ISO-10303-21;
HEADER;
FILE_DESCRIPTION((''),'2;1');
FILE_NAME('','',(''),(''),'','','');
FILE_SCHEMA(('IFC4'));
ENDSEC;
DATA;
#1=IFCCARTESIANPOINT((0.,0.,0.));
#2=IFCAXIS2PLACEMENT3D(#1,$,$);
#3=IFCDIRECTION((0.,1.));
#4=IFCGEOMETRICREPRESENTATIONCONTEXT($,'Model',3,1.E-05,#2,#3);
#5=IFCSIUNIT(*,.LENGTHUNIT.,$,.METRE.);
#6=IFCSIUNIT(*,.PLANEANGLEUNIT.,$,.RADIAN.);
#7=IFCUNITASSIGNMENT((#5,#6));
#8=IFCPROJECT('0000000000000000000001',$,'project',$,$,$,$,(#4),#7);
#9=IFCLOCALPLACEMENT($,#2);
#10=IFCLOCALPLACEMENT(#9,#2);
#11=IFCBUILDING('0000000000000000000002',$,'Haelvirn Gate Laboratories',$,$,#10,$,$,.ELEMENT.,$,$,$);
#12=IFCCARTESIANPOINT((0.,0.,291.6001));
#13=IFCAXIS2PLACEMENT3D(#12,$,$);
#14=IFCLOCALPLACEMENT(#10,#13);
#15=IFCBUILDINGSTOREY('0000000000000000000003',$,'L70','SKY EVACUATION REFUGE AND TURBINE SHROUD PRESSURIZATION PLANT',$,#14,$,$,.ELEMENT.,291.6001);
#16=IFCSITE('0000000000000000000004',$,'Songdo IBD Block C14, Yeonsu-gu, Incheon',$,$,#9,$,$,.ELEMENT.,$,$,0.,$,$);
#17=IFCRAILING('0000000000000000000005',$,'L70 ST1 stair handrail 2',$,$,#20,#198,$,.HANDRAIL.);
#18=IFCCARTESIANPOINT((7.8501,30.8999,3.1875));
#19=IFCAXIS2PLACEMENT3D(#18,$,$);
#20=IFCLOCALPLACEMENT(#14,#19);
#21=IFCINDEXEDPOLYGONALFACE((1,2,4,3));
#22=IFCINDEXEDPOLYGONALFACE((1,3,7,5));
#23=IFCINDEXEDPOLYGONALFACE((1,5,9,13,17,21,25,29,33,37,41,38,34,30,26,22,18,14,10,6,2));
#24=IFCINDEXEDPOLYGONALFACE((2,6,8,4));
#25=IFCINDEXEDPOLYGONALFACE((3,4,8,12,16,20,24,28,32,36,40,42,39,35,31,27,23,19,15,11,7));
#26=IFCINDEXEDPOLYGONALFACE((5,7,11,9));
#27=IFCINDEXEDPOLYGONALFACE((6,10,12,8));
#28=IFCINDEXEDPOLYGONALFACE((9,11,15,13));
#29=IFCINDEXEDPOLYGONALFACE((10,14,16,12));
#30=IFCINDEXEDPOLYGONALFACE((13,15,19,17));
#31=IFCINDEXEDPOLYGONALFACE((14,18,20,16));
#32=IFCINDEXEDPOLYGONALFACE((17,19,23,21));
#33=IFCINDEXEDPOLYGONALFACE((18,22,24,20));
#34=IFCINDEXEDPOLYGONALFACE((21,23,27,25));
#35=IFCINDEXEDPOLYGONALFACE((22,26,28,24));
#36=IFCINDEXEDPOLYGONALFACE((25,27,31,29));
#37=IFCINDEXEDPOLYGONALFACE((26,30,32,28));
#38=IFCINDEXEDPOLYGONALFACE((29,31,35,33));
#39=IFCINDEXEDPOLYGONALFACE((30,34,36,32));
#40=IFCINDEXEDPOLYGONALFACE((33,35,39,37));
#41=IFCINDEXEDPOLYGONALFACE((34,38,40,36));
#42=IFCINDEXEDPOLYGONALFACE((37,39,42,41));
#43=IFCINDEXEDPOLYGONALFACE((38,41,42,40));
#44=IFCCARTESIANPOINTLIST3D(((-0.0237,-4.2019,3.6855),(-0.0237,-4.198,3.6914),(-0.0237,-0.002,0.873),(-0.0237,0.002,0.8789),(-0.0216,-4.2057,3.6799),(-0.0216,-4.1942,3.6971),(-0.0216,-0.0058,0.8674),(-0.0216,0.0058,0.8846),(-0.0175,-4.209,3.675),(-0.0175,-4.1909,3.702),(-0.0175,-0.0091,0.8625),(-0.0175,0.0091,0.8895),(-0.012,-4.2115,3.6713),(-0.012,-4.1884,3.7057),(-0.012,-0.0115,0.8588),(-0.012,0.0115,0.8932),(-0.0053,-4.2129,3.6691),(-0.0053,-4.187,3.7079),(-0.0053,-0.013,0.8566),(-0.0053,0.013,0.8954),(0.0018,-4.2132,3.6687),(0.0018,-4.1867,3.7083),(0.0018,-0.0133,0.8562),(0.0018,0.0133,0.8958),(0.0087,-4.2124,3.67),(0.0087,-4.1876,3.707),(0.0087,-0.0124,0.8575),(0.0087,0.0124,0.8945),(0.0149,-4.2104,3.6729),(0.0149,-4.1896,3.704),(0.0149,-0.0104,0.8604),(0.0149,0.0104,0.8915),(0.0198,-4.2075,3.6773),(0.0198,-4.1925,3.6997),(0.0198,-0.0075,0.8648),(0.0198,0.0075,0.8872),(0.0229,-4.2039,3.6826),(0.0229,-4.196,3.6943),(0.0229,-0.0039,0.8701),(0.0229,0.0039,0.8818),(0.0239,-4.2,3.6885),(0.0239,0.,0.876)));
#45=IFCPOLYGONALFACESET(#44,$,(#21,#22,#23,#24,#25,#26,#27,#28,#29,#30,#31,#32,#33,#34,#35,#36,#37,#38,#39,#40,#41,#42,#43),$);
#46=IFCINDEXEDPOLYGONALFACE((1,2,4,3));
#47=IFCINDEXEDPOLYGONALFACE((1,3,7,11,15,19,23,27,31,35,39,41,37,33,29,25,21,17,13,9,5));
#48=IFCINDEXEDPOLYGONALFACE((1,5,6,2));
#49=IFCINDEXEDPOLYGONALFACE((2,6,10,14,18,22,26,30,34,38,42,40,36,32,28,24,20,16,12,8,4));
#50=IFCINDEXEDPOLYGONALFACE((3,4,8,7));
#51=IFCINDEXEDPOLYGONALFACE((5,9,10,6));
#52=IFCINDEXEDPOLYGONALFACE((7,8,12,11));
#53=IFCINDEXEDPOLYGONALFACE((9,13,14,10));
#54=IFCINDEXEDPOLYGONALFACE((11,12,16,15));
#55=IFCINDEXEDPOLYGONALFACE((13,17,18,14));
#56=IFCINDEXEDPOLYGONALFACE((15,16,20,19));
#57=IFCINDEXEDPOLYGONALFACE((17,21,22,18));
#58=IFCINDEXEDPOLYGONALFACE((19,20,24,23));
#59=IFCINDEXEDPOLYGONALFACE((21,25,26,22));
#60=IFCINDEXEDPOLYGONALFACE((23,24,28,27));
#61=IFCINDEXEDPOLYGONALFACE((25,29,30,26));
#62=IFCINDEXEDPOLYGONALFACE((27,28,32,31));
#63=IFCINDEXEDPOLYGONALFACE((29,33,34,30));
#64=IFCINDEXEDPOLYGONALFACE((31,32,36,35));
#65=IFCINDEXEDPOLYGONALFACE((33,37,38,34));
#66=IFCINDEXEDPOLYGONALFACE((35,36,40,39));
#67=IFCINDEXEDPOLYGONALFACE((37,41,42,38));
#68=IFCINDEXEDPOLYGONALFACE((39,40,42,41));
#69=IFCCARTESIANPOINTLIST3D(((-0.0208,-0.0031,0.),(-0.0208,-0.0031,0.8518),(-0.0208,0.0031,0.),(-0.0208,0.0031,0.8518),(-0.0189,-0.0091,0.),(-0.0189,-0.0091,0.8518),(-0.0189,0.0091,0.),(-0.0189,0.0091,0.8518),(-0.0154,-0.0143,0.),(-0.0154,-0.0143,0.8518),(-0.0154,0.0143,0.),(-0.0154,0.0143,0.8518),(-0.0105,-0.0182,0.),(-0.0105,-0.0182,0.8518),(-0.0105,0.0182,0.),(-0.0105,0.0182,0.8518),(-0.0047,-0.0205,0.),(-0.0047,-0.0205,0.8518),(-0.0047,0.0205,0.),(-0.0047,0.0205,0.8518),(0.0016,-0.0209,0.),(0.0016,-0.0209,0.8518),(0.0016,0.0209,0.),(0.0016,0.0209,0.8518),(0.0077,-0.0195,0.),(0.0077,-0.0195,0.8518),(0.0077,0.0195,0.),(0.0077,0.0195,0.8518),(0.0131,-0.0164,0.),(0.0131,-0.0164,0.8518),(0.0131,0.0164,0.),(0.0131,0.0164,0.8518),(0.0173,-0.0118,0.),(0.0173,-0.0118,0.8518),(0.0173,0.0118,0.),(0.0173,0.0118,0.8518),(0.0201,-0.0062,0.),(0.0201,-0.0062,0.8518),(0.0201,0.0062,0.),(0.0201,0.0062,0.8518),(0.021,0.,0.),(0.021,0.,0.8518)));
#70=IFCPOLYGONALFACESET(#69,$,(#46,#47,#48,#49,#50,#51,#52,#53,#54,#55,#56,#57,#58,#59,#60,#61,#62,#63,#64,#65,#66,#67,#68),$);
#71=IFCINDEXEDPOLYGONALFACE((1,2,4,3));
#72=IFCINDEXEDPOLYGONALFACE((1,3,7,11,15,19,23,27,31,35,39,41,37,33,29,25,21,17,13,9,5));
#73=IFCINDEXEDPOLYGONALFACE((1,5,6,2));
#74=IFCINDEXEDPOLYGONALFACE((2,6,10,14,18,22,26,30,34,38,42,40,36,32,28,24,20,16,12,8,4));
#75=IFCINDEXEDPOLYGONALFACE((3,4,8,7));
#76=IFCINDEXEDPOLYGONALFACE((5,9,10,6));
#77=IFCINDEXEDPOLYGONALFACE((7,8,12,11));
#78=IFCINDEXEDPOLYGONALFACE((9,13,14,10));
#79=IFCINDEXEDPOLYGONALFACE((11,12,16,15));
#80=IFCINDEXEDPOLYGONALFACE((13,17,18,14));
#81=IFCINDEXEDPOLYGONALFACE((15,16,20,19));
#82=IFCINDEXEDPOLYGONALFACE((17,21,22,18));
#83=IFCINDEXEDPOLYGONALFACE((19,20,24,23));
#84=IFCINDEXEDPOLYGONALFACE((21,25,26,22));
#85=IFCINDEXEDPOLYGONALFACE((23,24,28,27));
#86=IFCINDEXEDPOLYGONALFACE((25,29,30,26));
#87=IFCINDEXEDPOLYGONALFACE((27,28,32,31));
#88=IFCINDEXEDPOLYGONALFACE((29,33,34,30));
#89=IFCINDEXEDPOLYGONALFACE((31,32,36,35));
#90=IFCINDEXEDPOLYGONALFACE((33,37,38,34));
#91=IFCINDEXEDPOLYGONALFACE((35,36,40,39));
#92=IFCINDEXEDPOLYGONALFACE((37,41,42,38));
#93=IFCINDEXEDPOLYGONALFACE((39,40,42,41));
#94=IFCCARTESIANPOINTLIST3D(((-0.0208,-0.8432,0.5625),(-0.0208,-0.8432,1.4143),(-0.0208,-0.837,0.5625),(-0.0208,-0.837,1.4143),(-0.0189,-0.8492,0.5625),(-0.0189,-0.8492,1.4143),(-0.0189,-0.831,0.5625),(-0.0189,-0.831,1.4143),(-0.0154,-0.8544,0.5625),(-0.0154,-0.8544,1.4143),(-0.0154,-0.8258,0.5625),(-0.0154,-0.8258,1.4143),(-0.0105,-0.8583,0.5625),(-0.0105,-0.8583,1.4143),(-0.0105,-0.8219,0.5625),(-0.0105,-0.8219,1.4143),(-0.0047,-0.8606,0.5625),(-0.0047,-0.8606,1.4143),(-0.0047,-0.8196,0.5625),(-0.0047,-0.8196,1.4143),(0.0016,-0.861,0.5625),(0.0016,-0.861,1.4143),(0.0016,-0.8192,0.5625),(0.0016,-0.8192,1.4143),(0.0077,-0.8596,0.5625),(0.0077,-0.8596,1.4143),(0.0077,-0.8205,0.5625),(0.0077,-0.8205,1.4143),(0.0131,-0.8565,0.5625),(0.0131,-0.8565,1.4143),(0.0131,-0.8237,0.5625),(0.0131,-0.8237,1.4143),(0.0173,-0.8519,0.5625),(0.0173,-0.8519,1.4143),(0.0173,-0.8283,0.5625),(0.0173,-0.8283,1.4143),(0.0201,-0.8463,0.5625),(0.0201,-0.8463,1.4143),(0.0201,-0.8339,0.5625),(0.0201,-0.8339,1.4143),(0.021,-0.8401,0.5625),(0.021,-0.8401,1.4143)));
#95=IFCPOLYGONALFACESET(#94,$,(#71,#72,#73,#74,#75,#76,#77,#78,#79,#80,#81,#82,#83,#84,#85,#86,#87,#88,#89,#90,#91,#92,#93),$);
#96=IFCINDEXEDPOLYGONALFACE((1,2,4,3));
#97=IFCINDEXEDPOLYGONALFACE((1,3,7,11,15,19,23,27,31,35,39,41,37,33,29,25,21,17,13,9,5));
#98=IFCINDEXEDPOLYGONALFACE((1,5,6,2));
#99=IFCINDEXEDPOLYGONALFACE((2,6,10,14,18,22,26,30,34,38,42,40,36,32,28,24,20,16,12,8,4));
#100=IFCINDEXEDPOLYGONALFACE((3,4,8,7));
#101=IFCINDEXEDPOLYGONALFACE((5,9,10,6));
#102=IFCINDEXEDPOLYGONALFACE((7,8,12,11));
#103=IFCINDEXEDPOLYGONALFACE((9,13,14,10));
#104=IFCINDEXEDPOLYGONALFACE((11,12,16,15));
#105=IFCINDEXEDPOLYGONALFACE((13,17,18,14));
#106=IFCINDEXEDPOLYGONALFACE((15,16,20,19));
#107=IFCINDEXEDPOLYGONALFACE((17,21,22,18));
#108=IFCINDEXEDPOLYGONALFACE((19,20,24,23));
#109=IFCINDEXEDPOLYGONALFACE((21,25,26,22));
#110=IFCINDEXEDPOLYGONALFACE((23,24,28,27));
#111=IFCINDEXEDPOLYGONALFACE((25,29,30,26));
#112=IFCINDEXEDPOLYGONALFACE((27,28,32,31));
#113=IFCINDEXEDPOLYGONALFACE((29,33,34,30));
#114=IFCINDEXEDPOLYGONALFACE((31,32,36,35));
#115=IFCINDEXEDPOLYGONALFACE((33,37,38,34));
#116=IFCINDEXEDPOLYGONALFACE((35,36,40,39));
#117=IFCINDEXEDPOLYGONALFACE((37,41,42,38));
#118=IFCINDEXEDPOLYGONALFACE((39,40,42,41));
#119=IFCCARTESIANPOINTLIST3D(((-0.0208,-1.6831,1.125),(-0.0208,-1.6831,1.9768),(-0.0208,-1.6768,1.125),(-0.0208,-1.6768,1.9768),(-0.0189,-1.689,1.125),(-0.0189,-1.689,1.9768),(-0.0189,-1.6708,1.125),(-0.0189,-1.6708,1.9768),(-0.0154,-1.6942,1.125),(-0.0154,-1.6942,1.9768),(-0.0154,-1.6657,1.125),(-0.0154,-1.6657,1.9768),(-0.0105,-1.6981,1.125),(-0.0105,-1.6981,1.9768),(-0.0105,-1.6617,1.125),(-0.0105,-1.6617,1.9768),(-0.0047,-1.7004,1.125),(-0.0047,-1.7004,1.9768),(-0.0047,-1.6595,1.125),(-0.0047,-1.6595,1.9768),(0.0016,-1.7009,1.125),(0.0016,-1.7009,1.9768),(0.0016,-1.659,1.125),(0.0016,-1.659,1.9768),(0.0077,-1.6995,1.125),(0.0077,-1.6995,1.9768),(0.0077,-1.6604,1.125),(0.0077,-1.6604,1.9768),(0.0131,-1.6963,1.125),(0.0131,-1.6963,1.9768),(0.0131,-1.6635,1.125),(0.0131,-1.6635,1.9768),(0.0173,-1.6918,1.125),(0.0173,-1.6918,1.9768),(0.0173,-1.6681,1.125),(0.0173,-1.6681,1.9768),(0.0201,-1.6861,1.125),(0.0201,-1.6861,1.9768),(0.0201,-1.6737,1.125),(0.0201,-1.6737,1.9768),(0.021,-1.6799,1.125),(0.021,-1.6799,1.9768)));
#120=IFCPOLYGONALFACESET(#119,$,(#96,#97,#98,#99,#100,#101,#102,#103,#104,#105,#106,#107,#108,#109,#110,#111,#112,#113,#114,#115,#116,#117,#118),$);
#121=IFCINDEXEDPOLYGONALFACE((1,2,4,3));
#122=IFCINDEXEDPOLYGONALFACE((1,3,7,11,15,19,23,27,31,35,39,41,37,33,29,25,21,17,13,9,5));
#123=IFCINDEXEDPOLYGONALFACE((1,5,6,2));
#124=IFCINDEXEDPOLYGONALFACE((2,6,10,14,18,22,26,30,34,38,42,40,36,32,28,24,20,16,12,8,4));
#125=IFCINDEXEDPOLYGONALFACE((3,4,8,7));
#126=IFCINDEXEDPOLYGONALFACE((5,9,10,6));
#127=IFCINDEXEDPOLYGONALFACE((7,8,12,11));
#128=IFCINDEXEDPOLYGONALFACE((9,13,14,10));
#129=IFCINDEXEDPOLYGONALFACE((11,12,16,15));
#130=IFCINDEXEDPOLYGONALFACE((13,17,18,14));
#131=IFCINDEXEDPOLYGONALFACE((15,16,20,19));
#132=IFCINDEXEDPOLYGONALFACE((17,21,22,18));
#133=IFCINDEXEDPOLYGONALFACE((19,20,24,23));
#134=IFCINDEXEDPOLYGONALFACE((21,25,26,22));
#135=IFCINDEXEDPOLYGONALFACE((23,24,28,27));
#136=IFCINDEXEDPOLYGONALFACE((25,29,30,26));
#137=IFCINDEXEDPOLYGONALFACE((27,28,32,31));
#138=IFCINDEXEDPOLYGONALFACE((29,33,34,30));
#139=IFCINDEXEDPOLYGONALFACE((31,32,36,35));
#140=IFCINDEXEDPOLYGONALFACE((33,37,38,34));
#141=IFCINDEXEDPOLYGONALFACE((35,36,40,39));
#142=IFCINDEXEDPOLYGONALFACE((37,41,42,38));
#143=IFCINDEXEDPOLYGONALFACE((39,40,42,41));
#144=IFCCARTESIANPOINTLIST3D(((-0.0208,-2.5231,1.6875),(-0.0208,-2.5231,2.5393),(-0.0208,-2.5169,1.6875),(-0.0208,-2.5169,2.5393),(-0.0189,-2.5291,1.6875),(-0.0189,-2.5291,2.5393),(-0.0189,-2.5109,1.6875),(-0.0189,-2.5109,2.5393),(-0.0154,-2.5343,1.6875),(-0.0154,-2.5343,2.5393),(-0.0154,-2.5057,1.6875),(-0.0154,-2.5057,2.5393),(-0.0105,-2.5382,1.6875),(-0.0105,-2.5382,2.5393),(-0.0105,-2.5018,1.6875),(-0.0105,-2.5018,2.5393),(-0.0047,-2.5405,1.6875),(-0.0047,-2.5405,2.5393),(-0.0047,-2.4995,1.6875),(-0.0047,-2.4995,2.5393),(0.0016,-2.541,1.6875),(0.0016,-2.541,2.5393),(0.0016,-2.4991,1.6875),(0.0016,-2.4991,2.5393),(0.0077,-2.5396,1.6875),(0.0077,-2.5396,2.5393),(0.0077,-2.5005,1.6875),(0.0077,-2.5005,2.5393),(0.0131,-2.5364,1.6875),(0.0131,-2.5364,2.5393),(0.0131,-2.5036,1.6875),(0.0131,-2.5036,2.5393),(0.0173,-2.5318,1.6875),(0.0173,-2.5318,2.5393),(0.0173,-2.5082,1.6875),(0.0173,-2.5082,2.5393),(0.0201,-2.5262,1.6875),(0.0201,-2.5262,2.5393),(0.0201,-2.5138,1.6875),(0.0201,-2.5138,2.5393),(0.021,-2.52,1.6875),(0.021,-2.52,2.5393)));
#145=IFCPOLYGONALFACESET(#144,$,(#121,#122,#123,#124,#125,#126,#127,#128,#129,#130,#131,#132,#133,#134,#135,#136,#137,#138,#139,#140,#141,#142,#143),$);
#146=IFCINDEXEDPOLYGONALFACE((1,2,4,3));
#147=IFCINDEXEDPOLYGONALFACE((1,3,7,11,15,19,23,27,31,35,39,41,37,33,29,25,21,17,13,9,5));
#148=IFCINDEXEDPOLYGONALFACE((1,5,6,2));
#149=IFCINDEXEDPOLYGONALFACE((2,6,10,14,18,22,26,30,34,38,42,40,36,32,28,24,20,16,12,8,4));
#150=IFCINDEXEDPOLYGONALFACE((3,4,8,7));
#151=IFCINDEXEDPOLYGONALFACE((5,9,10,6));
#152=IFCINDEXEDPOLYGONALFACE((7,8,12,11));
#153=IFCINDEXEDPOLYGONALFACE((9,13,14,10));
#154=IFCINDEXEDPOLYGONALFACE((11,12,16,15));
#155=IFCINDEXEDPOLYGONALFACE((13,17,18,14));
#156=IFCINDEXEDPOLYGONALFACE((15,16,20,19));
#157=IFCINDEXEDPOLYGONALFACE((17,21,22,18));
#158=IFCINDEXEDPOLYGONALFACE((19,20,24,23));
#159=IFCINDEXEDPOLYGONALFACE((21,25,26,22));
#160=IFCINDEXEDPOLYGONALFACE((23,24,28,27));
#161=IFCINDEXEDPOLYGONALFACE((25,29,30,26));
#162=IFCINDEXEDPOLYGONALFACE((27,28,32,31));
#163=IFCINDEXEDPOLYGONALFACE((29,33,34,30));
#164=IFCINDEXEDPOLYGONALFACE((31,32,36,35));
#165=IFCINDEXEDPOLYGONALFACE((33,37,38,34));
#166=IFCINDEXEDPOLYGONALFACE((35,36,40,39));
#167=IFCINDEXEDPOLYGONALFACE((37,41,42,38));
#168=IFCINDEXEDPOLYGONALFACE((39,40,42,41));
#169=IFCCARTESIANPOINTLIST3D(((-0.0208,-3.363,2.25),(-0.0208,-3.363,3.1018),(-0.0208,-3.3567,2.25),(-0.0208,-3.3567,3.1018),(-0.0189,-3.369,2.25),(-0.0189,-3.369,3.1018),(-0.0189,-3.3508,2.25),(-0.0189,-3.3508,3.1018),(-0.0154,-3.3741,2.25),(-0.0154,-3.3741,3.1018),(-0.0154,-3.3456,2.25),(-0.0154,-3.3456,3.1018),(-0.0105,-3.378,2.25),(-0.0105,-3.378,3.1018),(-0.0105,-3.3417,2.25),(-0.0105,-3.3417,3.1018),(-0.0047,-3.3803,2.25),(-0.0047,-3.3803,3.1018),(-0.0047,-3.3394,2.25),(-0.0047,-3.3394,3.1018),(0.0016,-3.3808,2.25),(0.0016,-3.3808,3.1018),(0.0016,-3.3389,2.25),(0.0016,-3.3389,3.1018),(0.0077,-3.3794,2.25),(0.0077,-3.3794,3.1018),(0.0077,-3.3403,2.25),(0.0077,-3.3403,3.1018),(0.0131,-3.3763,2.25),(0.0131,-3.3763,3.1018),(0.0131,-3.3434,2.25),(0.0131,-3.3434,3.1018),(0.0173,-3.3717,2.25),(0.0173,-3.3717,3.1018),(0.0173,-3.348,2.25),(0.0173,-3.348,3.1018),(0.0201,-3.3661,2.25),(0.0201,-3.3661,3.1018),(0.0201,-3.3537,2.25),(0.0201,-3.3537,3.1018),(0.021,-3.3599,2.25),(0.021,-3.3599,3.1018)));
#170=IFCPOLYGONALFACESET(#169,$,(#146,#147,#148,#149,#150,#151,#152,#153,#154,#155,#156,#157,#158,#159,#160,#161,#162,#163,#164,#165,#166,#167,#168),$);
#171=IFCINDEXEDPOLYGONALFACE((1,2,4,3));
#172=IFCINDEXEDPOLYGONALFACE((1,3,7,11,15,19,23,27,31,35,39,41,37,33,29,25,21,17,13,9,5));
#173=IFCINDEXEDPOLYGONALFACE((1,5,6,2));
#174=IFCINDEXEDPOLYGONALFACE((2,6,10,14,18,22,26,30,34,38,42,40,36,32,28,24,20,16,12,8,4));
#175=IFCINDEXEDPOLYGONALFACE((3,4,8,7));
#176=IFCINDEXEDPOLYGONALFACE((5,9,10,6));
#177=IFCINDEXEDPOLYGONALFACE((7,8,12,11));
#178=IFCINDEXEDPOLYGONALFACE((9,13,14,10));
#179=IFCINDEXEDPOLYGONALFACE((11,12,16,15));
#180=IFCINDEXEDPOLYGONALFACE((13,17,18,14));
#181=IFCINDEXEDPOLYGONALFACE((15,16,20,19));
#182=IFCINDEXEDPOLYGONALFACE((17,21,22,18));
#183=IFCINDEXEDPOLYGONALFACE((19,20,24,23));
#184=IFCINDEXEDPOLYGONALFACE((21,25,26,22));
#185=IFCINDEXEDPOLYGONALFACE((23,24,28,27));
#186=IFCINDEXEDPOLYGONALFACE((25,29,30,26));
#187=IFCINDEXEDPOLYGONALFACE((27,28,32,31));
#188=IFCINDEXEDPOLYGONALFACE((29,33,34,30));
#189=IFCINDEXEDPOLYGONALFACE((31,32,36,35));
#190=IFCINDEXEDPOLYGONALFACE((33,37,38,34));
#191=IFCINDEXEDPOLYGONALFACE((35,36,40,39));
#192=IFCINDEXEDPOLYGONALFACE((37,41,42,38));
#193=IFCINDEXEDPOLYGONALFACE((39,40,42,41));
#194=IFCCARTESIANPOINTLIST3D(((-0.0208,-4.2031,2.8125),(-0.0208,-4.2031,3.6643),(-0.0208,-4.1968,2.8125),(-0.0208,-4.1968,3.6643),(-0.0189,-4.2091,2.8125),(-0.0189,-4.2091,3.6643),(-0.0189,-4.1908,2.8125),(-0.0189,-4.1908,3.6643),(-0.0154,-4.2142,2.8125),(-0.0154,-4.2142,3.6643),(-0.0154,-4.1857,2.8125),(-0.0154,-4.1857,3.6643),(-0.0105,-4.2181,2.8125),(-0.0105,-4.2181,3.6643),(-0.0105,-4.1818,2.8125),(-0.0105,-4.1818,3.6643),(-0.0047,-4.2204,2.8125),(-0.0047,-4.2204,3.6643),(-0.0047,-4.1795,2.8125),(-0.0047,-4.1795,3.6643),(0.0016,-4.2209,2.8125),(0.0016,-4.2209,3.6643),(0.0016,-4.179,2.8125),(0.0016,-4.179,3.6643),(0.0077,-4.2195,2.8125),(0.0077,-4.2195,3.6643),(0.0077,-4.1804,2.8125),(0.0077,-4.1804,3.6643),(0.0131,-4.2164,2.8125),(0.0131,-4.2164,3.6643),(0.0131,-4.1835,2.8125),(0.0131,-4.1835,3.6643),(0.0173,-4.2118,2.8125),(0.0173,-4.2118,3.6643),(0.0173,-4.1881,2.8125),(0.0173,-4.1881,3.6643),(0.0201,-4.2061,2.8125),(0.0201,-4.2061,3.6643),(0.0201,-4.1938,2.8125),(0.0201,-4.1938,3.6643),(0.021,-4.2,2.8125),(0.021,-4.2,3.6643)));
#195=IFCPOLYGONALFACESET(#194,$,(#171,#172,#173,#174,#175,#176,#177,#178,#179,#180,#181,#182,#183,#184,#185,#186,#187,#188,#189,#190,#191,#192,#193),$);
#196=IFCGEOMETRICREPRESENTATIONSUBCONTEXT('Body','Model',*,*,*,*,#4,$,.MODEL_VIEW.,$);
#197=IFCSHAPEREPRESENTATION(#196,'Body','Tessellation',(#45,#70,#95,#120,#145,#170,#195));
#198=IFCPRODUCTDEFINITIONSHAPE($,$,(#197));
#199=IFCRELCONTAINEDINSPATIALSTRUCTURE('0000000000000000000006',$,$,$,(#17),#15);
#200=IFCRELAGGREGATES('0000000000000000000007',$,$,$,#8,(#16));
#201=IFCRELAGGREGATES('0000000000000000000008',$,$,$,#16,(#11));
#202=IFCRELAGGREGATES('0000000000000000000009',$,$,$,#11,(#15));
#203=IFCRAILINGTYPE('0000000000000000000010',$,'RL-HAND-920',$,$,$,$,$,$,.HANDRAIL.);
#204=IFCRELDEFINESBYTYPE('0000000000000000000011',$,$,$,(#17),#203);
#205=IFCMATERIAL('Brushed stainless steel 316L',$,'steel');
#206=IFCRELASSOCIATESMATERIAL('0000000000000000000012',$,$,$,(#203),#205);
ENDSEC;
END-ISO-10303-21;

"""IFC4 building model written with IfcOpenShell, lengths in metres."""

from ifc_helpers import new_model, si_unit, direction, frame, origin, origin_2d, place, context, subcontext, project, spatial, circle, extrude, source, transform, mapped, material, type_object, type_shapes, element, save


model = new_model("IFC4")

# Units and contexts
model_context = context("Model", 3, precision=1e-05, world=origin(), true_north=direction((0.0, 1.0)))
body_context = subcontext(model_context, "Body", "Model", "MODEL_VIEW")
ifc_project = project(units=[si_unit("LENGTHUNIT", "METRE"), si_unit("PLANEANGLEUNIT", "RADIAN")], contexts=[model_context])

# Site, building, storey
site_placement = place(None, origin())
site = spatial("IfcSite", under=ifc_project, at=site_placement, Name="Songdo IBD Block C14, Yeonsu-gu, Incheon", CompositionType="ELEMENT", RefElevation=0.0)
building_placement = place(site_placement, origin())
building = spatial("IfcBuilding", under=site, at=building_placement, Name="Haelvirn Gate Laboratories", CompositionType="ELEMENT")
storey_placement = place(building_placement, frame((0.0, 0.0, 291.6001)))
storey = spatial("IfcBuildingStorey", under=building, at=storey_placement, Name="L70", Description="SKY EVACUATION REFUGE AND TURBINE SHROUD PRESSURIZATION PLANT", CompositionType="ELEMENT", Elevation=291.6001)

# Railing
ifc_material_1 = material(Name="Brushed stainless steel 316L", Category="steel")
railing_type_1 = type_object("IfcRailingType", Name="RL-HAND-920", PredefinedType="HANDRAIL", material=ifc_material_1)
shared_shape_1 = source(origin(), body_context, "Body", "SweptSolid", [
    extrude(circle(Radius=0.0239, at=origin_2d()), frame((0.0, 0.0, 0.876), z_axis=(0.0, -0.830904, 0.556416), x_axis=(1.0, 0.0, 0.0)), (0.0, 0.0, 1.0), 5.0547),
    extrude(circle(Radius=0.021, at=origin_2d()), origin(), (0.0, 0.0, 1.0), 0.8518),
    extrude(circle(Radius=0.021, at=origin_2d()), frame((0.0, -0.8401, 0.5625)), (0.0, 0.0, 1.0), 0.8518),
    extrude(circle(Radius=0.021, at=origin_2d()), frame((0.0, -1.6799, 1.125)), (0.0, 0.0, 1.0), 0.8518),
    extrude(circle(Radius=0.021, at=origin_2d()), frame((0.0, -2.52, 1.6875)), (0.0, 0.0, 1.0), 0.8518),
    extrude(circle(Radius=0.021, at=origin_2d()), frame((0.0, -3.3599, 2.25)), (0.0, 0.0, 1.0), 0.8518),
    extrude(circle(Radius=0.021, at=origin_2d()), frame((0.0, -4.2, 2.8125)), (0.0, 0.0, 1.0), 0.8518),
])
type_shapes(railing_type_1, [shared_shape_1])
railing_1_placement = place(storey_placement, frame((7.8501, 30.8999, 3.1875)))
element("IfcRailing", 1, at=railing_1_placement, inside=storey, type_object=railing_type_1, Name="L70 ST1 stair handrail 2", PredefinedType="HANDRAIL", context=body_context, shape_type="MappedRepresentation", body=[
    mapped(shared_shape_1, transform((0.0, 0.0, 0.0), scale=1.0)),
])

save(model, "model.ifc")
